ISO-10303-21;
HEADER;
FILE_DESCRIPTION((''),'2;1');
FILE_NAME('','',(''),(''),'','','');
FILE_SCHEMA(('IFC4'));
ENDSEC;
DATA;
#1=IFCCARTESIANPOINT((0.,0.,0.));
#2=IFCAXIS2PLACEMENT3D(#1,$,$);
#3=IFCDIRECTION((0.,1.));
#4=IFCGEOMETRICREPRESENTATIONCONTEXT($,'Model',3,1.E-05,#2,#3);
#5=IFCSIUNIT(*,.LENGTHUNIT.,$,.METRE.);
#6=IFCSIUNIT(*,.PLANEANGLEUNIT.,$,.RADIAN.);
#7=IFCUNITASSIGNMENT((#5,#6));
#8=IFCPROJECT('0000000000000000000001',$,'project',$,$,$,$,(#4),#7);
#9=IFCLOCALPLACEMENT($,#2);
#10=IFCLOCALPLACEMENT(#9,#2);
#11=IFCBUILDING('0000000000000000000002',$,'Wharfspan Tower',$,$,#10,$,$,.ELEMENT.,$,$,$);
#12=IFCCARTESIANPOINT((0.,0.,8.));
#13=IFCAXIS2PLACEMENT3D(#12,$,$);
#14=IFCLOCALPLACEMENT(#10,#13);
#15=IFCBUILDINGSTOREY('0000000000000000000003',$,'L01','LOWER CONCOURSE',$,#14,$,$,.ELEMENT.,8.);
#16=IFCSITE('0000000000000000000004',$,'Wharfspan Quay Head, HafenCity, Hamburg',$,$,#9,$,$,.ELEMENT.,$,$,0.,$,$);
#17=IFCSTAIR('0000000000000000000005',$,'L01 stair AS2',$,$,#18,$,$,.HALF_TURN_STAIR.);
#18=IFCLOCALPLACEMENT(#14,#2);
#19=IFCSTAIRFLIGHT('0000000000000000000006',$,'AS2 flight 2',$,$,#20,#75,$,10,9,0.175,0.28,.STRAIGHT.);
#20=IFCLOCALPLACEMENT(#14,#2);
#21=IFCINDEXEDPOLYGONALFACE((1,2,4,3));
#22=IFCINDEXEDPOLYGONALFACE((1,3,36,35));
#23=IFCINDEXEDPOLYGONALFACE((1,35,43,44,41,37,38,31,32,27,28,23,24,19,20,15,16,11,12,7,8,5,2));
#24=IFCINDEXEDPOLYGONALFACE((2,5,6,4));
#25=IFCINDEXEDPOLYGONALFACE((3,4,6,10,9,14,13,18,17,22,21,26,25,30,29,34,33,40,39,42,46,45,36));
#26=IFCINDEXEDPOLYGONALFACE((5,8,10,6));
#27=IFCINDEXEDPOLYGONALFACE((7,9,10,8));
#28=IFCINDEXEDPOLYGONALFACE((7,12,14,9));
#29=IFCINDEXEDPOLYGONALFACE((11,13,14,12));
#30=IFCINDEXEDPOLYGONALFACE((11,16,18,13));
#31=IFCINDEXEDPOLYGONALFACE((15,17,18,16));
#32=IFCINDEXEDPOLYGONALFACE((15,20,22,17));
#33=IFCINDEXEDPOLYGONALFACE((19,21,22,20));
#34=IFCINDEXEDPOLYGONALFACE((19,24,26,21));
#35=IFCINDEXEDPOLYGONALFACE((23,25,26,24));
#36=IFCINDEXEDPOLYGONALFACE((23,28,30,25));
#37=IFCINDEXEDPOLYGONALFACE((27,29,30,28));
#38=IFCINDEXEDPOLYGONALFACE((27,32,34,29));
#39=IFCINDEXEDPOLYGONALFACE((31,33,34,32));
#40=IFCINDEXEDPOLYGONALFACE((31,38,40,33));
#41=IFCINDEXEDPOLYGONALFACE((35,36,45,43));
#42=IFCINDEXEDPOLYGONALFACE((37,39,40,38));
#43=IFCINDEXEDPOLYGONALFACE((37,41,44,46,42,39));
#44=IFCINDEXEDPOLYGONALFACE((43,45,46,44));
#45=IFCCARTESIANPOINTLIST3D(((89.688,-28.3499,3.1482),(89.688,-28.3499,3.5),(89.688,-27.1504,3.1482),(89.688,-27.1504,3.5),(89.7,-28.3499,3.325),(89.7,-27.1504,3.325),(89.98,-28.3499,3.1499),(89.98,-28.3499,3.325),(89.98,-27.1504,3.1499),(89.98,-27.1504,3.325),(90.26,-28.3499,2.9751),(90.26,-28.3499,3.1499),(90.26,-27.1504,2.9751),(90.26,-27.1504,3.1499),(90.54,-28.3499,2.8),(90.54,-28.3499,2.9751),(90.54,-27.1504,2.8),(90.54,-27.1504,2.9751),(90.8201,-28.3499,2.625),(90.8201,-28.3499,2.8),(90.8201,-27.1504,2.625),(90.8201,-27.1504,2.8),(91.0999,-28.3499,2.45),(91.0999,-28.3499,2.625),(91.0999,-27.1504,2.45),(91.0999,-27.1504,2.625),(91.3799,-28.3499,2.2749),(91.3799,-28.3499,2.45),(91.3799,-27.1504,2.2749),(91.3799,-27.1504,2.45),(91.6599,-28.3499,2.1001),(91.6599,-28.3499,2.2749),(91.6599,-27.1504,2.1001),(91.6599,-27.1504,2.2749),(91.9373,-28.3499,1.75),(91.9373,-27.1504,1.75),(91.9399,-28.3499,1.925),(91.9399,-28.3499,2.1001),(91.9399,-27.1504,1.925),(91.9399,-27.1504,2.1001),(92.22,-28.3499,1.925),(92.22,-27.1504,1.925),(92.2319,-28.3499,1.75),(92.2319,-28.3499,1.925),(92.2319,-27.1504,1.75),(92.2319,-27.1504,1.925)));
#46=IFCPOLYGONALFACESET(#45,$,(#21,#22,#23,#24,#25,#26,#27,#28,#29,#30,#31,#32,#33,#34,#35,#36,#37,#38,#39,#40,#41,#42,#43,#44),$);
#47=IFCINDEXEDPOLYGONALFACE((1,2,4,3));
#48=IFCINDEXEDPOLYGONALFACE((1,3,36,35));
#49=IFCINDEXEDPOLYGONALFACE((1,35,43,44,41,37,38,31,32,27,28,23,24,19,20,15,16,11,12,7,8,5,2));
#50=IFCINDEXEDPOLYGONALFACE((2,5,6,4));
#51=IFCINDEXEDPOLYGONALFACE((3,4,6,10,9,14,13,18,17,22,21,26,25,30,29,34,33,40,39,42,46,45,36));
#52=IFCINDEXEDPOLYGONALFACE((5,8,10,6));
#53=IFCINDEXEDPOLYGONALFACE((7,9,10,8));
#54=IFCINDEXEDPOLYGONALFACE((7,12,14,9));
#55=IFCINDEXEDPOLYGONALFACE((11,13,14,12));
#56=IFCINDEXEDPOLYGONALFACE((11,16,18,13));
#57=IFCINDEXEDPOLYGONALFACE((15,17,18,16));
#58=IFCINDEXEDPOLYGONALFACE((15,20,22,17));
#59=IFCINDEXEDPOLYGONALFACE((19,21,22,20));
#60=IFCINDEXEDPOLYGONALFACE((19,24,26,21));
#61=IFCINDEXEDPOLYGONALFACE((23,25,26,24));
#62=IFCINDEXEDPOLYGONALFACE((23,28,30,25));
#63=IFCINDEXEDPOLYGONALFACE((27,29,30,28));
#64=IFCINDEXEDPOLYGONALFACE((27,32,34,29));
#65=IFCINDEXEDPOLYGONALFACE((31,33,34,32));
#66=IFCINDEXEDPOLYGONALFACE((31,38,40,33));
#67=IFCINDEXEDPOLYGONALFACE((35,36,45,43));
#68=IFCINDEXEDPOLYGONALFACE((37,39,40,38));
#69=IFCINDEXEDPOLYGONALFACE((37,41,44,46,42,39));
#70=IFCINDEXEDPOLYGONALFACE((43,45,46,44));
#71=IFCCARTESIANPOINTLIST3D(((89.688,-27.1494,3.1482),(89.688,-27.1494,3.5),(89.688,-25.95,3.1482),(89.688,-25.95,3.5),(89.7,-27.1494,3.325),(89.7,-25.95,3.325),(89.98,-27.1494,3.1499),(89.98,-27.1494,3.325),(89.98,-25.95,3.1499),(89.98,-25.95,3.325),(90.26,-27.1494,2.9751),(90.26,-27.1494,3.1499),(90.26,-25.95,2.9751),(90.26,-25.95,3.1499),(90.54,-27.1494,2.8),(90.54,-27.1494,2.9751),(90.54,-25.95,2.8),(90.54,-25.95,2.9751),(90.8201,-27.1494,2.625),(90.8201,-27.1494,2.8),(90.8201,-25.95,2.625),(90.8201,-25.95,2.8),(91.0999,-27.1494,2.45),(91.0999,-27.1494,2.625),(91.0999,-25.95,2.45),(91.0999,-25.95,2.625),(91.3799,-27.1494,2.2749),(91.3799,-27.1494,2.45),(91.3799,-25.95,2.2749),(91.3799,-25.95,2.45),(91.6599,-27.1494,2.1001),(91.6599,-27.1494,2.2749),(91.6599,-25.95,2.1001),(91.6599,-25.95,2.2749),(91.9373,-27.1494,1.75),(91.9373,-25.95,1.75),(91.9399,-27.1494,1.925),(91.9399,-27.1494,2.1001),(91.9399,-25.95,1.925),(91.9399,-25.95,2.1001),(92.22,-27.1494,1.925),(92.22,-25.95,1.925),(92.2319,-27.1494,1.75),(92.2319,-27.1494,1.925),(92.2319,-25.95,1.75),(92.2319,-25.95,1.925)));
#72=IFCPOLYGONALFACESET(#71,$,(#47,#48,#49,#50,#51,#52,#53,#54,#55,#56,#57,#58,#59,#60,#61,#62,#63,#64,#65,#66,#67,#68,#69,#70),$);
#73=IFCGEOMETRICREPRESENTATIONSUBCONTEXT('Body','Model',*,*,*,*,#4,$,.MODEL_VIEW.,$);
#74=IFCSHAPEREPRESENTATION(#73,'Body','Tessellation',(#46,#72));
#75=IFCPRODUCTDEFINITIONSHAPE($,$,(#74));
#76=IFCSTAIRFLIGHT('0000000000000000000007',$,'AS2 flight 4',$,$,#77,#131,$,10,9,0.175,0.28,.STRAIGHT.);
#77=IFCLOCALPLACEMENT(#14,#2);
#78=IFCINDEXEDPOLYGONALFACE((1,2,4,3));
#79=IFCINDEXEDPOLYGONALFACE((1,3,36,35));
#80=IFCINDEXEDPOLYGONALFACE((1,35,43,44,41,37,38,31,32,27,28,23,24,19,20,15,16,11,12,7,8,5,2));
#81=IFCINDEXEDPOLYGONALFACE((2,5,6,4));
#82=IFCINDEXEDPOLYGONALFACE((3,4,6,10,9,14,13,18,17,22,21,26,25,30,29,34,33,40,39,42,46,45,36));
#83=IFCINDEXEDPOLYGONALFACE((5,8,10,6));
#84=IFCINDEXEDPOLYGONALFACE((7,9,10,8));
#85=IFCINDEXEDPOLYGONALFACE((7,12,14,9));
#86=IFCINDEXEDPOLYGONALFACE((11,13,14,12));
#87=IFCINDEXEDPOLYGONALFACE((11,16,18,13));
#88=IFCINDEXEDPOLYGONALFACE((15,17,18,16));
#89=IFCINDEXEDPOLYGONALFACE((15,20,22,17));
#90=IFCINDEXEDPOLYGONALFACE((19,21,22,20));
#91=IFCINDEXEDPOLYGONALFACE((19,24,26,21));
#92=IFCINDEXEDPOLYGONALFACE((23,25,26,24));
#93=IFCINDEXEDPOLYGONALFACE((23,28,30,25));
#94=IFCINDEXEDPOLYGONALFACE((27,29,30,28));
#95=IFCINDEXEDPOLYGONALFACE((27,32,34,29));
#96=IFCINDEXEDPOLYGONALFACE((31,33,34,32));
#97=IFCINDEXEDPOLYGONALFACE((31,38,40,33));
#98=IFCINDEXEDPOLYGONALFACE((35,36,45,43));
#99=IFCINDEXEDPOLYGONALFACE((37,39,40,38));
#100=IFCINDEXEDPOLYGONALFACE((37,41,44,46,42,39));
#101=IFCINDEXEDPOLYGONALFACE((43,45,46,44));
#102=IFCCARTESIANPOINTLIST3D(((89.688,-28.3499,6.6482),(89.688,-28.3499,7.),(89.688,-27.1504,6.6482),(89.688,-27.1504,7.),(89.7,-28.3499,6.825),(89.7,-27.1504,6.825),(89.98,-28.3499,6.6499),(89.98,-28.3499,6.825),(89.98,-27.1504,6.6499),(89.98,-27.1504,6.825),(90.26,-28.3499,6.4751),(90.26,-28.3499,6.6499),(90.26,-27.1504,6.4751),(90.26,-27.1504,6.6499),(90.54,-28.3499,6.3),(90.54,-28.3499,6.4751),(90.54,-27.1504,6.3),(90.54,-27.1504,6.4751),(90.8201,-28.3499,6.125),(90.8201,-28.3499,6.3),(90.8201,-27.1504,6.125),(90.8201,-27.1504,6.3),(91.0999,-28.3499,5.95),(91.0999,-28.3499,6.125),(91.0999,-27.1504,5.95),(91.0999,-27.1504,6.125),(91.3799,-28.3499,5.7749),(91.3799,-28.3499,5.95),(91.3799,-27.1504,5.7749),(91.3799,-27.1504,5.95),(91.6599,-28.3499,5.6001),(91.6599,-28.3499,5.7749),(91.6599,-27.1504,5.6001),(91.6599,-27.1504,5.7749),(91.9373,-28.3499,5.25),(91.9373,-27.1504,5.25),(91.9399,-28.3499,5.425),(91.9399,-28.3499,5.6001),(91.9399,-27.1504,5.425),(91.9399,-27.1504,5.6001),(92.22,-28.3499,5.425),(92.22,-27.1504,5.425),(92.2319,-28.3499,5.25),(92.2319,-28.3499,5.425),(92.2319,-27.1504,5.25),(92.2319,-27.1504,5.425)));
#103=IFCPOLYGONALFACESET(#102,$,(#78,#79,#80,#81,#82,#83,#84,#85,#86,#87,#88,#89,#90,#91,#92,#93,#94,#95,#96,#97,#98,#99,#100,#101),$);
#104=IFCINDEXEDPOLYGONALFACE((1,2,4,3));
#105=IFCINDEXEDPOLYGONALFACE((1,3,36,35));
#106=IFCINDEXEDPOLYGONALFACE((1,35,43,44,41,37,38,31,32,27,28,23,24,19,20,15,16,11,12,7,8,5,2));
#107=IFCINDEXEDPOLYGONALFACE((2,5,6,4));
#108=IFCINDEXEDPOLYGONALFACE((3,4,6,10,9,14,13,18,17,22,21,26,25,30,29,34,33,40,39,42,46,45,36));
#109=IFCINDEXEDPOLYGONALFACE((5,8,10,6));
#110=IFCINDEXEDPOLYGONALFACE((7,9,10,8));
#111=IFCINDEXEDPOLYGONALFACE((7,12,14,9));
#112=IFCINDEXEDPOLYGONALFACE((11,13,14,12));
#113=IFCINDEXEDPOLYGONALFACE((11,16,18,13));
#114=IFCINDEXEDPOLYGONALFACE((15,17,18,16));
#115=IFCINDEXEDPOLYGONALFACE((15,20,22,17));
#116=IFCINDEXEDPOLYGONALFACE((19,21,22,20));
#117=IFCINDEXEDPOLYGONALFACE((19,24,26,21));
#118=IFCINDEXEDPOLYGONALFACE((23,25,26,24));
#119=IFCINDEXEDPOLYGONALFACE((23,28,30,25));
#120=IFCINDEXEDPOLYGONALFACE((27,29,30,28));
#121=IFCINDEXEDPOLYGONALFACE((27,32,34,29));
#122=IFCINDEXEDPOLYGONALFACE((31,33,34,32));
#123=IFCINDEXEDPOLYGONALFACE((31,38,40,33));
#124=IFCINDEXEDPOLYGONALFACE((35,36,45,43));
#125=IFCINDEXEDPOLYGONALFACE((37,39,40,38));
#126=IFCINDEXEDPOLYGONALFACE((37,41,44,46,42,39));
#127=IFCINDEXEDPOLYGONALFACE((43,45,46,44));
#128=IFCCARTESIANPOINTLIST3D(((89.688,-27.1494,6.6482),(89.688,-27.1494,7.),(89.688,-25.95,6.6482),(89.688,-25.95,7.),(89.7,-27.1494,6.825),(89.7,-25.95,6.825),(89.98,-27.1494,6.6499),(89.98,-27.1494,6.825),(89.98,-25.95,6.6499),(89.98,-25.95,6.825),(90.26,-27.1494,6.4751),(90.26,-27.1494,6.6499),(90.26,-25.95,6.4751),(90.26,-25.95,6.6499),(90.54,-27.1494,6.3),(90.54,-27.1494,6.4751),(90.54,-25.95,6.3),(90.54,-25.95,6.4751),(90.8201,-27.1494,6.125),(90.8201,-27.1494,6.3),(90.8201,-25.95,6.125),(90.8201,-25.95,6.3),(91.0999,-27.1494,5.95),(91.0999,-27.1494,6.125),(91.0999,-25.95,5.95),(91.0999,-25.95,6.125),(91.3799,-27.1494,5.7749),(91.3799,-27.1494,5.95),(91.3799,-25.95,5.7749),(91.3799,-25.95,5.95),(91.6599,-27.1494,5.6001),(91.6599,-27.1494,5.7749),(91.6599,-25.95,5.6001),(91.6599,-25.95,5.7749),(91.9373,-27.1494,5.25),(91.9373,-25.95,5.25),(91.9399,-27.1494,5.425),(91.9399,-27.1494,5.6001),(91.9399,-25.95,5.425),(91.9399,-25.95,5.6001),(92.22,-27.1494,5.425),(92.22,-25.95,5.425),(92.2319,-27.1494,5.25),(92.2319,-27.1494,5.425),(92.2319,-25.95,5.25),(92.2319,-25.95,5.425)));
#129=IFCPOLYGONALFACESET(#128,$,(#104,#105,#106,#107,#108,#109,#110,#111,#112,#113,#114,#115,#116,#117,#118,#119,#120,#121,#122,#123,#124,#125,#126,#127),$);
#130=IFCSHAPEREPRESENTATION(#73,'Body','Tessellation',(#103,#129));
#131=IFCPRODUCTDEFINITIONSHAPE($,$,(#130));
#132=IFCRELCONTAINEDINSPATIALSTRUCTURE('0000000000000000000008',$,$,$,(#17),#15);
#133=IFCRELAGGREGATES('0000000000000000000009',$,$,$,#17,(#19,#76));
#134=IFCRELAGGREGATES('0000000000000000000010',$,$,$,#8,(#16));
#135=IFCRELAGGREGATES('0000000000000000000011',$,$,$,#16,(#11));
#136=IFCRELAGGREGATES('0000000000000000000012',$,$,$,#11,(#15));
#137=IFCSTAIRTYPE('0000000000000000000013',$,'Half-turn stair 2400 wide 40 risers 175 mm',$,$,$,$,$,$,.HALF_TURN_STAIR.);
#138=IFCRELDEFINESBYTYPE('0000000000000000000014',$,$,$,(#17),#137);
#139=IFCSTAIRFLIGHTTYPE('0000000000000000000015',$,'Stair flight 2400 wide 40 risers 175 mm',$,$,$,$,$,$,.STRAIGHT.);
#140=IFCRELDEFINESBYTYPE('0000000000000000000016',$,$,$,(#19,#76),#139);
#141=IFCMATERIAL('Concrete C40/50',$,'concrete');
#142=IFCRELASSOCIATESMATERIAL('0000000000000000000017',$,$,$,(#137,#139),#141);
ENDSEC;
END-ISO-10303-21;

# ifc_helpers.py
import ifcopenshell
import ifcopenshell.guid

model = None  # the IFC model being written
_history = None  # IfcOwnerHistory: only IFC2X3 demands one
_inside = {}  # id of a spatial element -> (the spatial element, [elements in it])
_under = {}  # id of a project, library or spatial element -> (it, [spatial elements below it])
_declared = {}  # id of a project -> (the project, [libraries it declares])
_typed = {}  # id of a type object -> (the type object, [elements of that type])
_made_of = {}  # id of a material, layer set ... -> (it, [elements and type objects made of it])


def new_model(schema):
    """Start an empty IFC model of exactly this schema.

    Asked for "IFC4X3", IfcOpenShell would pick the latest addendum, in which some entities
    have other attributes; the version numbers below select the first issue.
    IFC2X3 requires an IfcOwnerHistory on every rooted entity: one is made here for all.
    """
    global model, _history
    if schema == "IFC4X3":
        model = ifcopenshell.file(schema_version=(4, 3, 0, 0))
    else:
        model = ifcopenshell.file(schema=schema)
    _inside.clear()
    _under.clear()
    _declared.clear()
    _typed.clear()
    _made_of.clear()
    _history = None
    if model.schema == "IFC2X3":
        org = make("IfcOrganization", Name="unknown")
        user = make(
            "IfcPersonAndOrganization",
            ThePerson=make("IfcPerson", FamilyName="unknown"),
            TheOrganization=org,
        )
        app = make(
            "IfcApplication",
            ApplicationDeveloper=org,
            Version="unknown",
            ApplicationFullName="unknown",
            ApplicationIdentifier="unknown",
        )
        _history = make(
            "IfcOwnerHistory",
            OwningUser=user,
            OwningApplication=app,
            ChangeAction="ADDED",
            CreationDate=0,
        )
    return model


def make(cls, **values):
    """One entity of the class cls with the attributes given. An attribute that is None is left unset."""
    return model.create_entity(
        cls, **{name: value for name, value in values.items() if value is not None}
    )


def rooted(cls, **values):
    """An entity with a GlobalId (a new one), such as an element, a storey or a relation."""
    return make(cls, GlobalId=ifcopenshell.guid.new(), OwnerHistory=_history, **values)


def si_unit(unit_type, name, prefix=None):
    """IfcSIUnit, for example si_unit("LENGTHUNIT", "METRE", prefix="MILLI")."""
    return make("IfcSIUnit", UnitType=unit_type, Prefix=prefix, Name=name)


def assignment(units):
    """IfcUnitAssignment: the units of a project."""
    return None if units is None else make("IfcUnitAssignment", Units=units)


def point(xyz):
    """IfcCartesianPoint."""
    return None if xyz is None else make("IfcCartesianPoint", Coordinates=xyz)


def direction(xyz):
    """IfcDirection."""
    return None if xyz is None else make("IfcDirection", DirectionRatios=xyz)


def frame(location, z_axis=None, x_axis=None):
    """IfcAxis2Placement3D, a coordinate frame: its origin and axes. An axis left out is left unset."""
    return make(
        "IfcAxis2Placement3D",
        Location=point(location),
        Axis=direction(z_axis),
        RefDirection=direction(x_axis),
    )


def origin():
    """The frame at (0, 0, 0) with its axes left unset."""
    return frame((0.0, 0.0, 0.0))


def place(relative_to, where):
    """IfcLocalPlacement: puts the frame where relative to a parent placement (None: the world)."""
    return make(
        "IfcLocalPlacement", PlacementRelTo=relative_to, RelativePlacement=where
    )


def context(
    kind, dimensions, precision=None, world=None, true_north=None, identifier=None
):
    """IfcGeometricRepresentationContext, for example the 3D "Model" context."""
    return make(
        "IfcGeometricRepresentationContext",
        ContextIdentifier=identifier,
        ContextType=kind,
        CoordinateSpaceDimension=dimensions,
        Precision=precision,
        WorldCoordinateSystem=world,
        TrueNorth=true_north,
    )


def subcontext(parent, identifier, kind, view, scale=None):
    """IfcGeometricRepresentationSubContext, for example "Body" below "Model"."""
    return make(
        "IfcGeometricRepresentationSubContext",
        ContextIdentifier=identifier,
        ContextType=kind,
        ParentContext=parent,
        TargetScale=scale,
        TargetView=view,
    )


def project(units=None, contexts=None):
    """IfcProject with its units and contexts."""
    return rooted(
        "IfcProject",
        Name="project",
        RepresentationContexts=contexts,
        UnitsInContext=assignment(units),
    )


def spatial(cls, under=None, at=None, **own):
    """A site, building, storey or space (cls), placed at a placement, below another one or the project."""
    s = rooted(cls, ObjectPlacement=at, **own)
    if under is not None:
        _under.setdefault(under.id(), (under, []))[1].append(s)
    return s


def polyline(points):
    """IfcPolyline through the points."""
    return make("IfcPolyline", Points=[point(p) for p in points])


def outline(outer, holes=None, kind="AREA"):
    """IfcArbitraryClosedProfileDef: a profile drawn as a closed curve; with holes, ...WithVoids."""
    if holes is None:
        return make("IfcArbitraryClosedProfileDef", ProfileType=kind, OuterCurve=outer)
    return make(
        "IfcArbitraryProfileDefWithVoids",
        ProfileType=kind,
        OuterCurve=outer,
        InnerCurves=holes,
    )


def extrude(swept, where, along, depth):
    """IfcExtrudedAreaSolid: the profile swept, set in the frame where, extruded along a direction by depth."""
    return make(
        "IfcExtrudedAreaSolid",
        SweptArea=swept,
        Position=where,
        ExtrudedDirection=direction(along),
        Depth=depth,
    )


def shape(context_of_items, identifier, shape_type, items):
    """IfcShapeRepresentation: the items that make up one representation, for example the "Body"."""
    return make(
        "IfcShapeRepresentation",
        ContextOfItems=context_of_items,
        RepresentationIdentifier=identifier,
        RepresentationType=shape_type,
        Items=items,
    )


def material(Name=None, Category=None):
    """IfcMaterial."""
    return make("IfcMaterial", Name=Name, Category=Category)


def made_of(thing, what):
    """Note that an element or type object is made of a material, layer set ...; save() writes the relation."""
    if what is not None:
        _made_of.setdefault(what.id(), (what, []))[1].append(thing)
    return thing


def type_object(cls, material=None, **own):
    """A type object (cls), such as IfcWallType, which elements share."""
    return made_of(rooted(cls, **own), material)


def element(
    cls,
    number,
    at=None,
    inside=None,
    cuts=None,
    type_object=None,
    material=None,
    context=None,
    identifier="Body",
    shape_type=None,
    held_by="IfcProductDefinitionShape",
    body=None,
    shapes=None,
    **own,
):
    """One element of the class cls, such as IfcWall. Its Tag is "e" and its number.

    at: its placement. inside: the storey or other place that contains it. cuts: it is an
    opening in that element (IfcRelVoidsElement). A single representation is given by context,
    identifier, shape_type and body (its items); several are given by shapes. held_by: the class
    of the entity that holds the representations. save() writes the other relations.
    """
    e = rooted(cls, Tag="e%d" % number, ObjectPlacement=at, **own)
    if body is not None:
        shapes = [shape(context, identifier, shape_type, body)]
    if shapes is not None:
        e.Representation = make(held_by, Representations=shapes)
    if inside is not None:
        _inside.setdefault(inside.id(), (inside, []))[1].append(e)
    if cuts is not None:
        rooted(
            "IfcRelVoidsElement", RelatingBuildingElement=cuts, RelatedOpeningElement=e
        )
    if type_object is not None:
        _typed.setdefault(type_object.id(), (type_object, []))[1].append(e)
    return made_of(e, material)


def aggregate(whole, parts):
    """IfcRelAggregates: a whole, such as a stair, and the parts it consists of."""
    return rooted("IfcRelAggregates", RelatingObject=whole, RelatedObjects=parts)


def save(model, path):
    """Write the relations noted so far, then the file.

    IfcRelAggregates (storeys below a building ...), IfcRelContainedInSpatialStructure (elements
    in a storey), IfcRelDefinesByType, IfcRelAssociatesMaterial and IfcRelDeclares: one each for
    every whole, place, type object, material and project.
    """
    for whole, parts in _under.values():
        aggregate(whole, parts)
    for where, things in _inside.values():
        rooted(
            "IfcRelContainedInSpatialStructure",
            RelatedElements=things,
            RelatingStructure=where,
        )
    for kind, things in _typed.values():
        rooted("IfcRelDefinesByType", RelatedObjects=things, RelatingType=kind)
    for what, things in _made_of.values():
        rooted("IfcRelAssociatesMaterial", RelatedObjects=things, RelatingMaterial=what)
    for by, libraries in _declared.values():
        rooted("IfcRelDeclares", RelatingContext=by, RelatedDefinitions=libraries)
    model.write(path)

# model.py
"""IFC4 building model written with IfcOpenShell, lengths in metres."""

from ifc_helpers import new_model, si_unit, direction, frame, origin, place, context, subcontext, project, spatial, polyline, outline, extrude, material, type_object, element, aggregate, save


model = new_model("IFC4")

# Units and contexts
model_context = context("Model", 3, precision=1e-05, world=origin(), true_north=direction((0.0, 1.0)))
body_context = subcontext(model_context, "Body", "Model", "MODEL_VIEW")
ifc_project = project(units=[si_unit("LENGTHUNIT", "METRE"), si_unit("PLANEANGLEUNIT", "RADIAN")], contexts=[model_context])

# Site, building, storey
site_placement = place(None, origin())
site = spatial("IfcSite", under=ifc_project, at=site_placement, Name="Wharfspan Quay Head, HafenCity, Hamburg", CompositionType="ELEMENT", RefElevation=0.0)
building_placement = place(site_placement, origin())
building = spatial("IfcBuilding", under=site, at=building_placement, Name="Wharfspan Tower", CompositionType="ELEMENT")
storey_placement = place(building_placement, frame((0.0, 0.0, 8.0)))
storey = spatial("IfcBuildingStorey", under=building, at=storey_placement, Name="L01", Description="LOWER CONCOURSE", CompositionType="ELEMENT", Elevation=8.0)

# Shared definitions
ifc_material_1 = material(Name="Concrete C40/50", Category="concrete")

# Stair, stair flights
stair_type = type_object("IfcStairType", Name="Half-turn stair 2400 wide 40 risers 175 mm", PredefinedType="HALF_TURN_STAIR", material=ifc_material_1)
stair_placement = place(storey_placement, origin())
stair = element("IfcStair", 1, at=stair_placement, inside=storey, type_object=stair_type, Name="L01 stair AS2", PredefinedType="HALF_TURN_STAIR")
stair_flight_type = type_object("IfcStairFlightType", Name="Stair flight 2400 wide 40 risers 175 mm", PredefinedType="STRAIGHT", material=ifc_material_1)
stair_flight_1_placement = place(storey_placement, frame((92.22, -27.1499, 1.75), z_axis=(0.0, 0.0, 1.0), x_axis=(-1.0, 0.0, 0.0)))
stair_flight_1 = element("IfcStairFlight", 2, at=stair_flight_1_placement, type_object=stair_flight_type, Name="AS2 flight 2", NumberOfRisers=10, NumberOfTreads=9, PredefinedType="STRAIGHT", RiserHeight=0.175, TreadLength=0.28, context=body_context, shape_type="SweptSolid", body=[
    extrude(outline(polyline([(-0.012, 0.0), (-0.012, 0.175), (0.0, 0.175), (0.28, 0.175), (0.28, 0.3501), (0.5601, 0.3501), (0.5601, 0.5249), (0.8401, 0.5249), (0.8401, 0.7), (1.1201, 0.7), (1.1201, 0.875), (1.3999, 0.875), (1.3999, 1.05), (1.6799, 1.05), (1.6799, 1.2251), (1.96, 1.2251), (1.96, 1.3999), (2.24, 1.3999), (2.24, 1.575), (2.52, 1.575), (2.532, 1.75), (2.532, 1.3982), (0.2827, 0.0), (-0.012, 0.0)])), frame((0.0, 1.2, 0.0), z_axis=(0.0, -1.0, 0.0), x_axis=(1.0, 0.0, 0.0)), (0.0, 0.0, 1.0), 1.1995),
    extrude(outline(polyline([(-0.012, 0.0), (-0.012, 0.175), (0.0, 0.175), (0.28, 0.175), (0.28, 0.3501), (0.5601, 0.3501), (0.5601, 0.5249), (0.8401, 0.5249), (0.8401, 0.7), (1.1201, 0.7), (1.1201, 0.875), (1.3999, 0.875), (1.3999, 1.05), (1.6799, 1.05), (1.6799, 1.2251), (1.96, 1.2251), (1.96, 1.3999), (2.24, 1.3999), (2.24, 1.575), (2.52, 1.575), (2.532, 1.75), (2.532, 1.3982), (0.2827, 0.0), (-0.012, 0.0)])), frame((0.0, -0.0005, 0.0), z_axis=(0.0, -1.0, 0.0), x_axis=(1.0, 0.0, 0.0)), (0.0, 0.0, 1.0), 1.1995),
])
stair_flight_2_placement = place(storey_placement, frame((92.22, -27.1499, 5.25), z_axis=(0.0, 0.0, 1.0), x_axis=(-1.0, 0.0, 0.0)))
stair_flight_2 = element("IfcStairFlight", 3, at=stair_flight_2_placement, type_object=stair_flight_type, Name="AS2 flight 4", NumberOfRisers=10, NumberOfTreads=9, PredefinedType="STRAIGHT", RiserHeight=0.175, TreadLength=0.28, context=body_context, shape_type="SweptSolid", body=[
    extrude(outline(polyline([(-0.012, 0.0), (-0.012, 0.175), (0.0, 0.175), (0.28, 0.175), (0.28, 0.3501), (0.5601, 0.3501), (0.5601, 0.5249), (0.8401, 0.5249), (0.8401, 0.7), (1.1201, 0.7), (1.1201, 0.875), (1.3999, 0.875), (1.3999, 1.05), (1.6799, 1.05), (1.6799, 1.2251), (1.96, 1.2251), (1.96, 1.3999), (2.24, 1.3999), (2.24, 1.575), (2.52, 1.575), (2.532, 1.75), (2.532, 1.3982), (0.2827, 0.0), (-0.012, 0.0)])), frame((0.0, 1.2, 0.0), z_axis=(0.0, -1.0, 0.0), x_axis=(1.0, 0.0, 0.0)), (0.0, 0.0, 1.0), 1.1995),
    extrude(outline(polyline([(-0.012, 0.0), (-0.012, 0.175), (0.0, 0.175), (0.28, 0.175), (0.28, 0.3501), (0.5601, 0.3501), (0.5601, 0.5249), (0.8401, 0.5249), (0.8401, 0.7), (1.1201, 0.7), (1.1201, 0.875), (1.3999, 0.875), (1.3999, 1.05), (1.6799, 1.05), (1.6799, 1.2251), (1.96, 1.2251), (1.96, 1.3999), (2.24, 1.3999), (2.24, 1.575), (2.52, 1.575), (2.532, 1.75), (2.532, 1.3982), (0.2827, 0.0), (-0.012, 0.0)])), frame((0.0, -0.0005, 0.0), z_axis=(0.0, -1.0, 0.0), x_axis=(1.0, 0.0, 0.0)), (0.0, 0.0, 1.0), 1.1995),
])
aggregate(stair, [stair_flight_1, stair_flight_2])

save(model, "model.ifc")
